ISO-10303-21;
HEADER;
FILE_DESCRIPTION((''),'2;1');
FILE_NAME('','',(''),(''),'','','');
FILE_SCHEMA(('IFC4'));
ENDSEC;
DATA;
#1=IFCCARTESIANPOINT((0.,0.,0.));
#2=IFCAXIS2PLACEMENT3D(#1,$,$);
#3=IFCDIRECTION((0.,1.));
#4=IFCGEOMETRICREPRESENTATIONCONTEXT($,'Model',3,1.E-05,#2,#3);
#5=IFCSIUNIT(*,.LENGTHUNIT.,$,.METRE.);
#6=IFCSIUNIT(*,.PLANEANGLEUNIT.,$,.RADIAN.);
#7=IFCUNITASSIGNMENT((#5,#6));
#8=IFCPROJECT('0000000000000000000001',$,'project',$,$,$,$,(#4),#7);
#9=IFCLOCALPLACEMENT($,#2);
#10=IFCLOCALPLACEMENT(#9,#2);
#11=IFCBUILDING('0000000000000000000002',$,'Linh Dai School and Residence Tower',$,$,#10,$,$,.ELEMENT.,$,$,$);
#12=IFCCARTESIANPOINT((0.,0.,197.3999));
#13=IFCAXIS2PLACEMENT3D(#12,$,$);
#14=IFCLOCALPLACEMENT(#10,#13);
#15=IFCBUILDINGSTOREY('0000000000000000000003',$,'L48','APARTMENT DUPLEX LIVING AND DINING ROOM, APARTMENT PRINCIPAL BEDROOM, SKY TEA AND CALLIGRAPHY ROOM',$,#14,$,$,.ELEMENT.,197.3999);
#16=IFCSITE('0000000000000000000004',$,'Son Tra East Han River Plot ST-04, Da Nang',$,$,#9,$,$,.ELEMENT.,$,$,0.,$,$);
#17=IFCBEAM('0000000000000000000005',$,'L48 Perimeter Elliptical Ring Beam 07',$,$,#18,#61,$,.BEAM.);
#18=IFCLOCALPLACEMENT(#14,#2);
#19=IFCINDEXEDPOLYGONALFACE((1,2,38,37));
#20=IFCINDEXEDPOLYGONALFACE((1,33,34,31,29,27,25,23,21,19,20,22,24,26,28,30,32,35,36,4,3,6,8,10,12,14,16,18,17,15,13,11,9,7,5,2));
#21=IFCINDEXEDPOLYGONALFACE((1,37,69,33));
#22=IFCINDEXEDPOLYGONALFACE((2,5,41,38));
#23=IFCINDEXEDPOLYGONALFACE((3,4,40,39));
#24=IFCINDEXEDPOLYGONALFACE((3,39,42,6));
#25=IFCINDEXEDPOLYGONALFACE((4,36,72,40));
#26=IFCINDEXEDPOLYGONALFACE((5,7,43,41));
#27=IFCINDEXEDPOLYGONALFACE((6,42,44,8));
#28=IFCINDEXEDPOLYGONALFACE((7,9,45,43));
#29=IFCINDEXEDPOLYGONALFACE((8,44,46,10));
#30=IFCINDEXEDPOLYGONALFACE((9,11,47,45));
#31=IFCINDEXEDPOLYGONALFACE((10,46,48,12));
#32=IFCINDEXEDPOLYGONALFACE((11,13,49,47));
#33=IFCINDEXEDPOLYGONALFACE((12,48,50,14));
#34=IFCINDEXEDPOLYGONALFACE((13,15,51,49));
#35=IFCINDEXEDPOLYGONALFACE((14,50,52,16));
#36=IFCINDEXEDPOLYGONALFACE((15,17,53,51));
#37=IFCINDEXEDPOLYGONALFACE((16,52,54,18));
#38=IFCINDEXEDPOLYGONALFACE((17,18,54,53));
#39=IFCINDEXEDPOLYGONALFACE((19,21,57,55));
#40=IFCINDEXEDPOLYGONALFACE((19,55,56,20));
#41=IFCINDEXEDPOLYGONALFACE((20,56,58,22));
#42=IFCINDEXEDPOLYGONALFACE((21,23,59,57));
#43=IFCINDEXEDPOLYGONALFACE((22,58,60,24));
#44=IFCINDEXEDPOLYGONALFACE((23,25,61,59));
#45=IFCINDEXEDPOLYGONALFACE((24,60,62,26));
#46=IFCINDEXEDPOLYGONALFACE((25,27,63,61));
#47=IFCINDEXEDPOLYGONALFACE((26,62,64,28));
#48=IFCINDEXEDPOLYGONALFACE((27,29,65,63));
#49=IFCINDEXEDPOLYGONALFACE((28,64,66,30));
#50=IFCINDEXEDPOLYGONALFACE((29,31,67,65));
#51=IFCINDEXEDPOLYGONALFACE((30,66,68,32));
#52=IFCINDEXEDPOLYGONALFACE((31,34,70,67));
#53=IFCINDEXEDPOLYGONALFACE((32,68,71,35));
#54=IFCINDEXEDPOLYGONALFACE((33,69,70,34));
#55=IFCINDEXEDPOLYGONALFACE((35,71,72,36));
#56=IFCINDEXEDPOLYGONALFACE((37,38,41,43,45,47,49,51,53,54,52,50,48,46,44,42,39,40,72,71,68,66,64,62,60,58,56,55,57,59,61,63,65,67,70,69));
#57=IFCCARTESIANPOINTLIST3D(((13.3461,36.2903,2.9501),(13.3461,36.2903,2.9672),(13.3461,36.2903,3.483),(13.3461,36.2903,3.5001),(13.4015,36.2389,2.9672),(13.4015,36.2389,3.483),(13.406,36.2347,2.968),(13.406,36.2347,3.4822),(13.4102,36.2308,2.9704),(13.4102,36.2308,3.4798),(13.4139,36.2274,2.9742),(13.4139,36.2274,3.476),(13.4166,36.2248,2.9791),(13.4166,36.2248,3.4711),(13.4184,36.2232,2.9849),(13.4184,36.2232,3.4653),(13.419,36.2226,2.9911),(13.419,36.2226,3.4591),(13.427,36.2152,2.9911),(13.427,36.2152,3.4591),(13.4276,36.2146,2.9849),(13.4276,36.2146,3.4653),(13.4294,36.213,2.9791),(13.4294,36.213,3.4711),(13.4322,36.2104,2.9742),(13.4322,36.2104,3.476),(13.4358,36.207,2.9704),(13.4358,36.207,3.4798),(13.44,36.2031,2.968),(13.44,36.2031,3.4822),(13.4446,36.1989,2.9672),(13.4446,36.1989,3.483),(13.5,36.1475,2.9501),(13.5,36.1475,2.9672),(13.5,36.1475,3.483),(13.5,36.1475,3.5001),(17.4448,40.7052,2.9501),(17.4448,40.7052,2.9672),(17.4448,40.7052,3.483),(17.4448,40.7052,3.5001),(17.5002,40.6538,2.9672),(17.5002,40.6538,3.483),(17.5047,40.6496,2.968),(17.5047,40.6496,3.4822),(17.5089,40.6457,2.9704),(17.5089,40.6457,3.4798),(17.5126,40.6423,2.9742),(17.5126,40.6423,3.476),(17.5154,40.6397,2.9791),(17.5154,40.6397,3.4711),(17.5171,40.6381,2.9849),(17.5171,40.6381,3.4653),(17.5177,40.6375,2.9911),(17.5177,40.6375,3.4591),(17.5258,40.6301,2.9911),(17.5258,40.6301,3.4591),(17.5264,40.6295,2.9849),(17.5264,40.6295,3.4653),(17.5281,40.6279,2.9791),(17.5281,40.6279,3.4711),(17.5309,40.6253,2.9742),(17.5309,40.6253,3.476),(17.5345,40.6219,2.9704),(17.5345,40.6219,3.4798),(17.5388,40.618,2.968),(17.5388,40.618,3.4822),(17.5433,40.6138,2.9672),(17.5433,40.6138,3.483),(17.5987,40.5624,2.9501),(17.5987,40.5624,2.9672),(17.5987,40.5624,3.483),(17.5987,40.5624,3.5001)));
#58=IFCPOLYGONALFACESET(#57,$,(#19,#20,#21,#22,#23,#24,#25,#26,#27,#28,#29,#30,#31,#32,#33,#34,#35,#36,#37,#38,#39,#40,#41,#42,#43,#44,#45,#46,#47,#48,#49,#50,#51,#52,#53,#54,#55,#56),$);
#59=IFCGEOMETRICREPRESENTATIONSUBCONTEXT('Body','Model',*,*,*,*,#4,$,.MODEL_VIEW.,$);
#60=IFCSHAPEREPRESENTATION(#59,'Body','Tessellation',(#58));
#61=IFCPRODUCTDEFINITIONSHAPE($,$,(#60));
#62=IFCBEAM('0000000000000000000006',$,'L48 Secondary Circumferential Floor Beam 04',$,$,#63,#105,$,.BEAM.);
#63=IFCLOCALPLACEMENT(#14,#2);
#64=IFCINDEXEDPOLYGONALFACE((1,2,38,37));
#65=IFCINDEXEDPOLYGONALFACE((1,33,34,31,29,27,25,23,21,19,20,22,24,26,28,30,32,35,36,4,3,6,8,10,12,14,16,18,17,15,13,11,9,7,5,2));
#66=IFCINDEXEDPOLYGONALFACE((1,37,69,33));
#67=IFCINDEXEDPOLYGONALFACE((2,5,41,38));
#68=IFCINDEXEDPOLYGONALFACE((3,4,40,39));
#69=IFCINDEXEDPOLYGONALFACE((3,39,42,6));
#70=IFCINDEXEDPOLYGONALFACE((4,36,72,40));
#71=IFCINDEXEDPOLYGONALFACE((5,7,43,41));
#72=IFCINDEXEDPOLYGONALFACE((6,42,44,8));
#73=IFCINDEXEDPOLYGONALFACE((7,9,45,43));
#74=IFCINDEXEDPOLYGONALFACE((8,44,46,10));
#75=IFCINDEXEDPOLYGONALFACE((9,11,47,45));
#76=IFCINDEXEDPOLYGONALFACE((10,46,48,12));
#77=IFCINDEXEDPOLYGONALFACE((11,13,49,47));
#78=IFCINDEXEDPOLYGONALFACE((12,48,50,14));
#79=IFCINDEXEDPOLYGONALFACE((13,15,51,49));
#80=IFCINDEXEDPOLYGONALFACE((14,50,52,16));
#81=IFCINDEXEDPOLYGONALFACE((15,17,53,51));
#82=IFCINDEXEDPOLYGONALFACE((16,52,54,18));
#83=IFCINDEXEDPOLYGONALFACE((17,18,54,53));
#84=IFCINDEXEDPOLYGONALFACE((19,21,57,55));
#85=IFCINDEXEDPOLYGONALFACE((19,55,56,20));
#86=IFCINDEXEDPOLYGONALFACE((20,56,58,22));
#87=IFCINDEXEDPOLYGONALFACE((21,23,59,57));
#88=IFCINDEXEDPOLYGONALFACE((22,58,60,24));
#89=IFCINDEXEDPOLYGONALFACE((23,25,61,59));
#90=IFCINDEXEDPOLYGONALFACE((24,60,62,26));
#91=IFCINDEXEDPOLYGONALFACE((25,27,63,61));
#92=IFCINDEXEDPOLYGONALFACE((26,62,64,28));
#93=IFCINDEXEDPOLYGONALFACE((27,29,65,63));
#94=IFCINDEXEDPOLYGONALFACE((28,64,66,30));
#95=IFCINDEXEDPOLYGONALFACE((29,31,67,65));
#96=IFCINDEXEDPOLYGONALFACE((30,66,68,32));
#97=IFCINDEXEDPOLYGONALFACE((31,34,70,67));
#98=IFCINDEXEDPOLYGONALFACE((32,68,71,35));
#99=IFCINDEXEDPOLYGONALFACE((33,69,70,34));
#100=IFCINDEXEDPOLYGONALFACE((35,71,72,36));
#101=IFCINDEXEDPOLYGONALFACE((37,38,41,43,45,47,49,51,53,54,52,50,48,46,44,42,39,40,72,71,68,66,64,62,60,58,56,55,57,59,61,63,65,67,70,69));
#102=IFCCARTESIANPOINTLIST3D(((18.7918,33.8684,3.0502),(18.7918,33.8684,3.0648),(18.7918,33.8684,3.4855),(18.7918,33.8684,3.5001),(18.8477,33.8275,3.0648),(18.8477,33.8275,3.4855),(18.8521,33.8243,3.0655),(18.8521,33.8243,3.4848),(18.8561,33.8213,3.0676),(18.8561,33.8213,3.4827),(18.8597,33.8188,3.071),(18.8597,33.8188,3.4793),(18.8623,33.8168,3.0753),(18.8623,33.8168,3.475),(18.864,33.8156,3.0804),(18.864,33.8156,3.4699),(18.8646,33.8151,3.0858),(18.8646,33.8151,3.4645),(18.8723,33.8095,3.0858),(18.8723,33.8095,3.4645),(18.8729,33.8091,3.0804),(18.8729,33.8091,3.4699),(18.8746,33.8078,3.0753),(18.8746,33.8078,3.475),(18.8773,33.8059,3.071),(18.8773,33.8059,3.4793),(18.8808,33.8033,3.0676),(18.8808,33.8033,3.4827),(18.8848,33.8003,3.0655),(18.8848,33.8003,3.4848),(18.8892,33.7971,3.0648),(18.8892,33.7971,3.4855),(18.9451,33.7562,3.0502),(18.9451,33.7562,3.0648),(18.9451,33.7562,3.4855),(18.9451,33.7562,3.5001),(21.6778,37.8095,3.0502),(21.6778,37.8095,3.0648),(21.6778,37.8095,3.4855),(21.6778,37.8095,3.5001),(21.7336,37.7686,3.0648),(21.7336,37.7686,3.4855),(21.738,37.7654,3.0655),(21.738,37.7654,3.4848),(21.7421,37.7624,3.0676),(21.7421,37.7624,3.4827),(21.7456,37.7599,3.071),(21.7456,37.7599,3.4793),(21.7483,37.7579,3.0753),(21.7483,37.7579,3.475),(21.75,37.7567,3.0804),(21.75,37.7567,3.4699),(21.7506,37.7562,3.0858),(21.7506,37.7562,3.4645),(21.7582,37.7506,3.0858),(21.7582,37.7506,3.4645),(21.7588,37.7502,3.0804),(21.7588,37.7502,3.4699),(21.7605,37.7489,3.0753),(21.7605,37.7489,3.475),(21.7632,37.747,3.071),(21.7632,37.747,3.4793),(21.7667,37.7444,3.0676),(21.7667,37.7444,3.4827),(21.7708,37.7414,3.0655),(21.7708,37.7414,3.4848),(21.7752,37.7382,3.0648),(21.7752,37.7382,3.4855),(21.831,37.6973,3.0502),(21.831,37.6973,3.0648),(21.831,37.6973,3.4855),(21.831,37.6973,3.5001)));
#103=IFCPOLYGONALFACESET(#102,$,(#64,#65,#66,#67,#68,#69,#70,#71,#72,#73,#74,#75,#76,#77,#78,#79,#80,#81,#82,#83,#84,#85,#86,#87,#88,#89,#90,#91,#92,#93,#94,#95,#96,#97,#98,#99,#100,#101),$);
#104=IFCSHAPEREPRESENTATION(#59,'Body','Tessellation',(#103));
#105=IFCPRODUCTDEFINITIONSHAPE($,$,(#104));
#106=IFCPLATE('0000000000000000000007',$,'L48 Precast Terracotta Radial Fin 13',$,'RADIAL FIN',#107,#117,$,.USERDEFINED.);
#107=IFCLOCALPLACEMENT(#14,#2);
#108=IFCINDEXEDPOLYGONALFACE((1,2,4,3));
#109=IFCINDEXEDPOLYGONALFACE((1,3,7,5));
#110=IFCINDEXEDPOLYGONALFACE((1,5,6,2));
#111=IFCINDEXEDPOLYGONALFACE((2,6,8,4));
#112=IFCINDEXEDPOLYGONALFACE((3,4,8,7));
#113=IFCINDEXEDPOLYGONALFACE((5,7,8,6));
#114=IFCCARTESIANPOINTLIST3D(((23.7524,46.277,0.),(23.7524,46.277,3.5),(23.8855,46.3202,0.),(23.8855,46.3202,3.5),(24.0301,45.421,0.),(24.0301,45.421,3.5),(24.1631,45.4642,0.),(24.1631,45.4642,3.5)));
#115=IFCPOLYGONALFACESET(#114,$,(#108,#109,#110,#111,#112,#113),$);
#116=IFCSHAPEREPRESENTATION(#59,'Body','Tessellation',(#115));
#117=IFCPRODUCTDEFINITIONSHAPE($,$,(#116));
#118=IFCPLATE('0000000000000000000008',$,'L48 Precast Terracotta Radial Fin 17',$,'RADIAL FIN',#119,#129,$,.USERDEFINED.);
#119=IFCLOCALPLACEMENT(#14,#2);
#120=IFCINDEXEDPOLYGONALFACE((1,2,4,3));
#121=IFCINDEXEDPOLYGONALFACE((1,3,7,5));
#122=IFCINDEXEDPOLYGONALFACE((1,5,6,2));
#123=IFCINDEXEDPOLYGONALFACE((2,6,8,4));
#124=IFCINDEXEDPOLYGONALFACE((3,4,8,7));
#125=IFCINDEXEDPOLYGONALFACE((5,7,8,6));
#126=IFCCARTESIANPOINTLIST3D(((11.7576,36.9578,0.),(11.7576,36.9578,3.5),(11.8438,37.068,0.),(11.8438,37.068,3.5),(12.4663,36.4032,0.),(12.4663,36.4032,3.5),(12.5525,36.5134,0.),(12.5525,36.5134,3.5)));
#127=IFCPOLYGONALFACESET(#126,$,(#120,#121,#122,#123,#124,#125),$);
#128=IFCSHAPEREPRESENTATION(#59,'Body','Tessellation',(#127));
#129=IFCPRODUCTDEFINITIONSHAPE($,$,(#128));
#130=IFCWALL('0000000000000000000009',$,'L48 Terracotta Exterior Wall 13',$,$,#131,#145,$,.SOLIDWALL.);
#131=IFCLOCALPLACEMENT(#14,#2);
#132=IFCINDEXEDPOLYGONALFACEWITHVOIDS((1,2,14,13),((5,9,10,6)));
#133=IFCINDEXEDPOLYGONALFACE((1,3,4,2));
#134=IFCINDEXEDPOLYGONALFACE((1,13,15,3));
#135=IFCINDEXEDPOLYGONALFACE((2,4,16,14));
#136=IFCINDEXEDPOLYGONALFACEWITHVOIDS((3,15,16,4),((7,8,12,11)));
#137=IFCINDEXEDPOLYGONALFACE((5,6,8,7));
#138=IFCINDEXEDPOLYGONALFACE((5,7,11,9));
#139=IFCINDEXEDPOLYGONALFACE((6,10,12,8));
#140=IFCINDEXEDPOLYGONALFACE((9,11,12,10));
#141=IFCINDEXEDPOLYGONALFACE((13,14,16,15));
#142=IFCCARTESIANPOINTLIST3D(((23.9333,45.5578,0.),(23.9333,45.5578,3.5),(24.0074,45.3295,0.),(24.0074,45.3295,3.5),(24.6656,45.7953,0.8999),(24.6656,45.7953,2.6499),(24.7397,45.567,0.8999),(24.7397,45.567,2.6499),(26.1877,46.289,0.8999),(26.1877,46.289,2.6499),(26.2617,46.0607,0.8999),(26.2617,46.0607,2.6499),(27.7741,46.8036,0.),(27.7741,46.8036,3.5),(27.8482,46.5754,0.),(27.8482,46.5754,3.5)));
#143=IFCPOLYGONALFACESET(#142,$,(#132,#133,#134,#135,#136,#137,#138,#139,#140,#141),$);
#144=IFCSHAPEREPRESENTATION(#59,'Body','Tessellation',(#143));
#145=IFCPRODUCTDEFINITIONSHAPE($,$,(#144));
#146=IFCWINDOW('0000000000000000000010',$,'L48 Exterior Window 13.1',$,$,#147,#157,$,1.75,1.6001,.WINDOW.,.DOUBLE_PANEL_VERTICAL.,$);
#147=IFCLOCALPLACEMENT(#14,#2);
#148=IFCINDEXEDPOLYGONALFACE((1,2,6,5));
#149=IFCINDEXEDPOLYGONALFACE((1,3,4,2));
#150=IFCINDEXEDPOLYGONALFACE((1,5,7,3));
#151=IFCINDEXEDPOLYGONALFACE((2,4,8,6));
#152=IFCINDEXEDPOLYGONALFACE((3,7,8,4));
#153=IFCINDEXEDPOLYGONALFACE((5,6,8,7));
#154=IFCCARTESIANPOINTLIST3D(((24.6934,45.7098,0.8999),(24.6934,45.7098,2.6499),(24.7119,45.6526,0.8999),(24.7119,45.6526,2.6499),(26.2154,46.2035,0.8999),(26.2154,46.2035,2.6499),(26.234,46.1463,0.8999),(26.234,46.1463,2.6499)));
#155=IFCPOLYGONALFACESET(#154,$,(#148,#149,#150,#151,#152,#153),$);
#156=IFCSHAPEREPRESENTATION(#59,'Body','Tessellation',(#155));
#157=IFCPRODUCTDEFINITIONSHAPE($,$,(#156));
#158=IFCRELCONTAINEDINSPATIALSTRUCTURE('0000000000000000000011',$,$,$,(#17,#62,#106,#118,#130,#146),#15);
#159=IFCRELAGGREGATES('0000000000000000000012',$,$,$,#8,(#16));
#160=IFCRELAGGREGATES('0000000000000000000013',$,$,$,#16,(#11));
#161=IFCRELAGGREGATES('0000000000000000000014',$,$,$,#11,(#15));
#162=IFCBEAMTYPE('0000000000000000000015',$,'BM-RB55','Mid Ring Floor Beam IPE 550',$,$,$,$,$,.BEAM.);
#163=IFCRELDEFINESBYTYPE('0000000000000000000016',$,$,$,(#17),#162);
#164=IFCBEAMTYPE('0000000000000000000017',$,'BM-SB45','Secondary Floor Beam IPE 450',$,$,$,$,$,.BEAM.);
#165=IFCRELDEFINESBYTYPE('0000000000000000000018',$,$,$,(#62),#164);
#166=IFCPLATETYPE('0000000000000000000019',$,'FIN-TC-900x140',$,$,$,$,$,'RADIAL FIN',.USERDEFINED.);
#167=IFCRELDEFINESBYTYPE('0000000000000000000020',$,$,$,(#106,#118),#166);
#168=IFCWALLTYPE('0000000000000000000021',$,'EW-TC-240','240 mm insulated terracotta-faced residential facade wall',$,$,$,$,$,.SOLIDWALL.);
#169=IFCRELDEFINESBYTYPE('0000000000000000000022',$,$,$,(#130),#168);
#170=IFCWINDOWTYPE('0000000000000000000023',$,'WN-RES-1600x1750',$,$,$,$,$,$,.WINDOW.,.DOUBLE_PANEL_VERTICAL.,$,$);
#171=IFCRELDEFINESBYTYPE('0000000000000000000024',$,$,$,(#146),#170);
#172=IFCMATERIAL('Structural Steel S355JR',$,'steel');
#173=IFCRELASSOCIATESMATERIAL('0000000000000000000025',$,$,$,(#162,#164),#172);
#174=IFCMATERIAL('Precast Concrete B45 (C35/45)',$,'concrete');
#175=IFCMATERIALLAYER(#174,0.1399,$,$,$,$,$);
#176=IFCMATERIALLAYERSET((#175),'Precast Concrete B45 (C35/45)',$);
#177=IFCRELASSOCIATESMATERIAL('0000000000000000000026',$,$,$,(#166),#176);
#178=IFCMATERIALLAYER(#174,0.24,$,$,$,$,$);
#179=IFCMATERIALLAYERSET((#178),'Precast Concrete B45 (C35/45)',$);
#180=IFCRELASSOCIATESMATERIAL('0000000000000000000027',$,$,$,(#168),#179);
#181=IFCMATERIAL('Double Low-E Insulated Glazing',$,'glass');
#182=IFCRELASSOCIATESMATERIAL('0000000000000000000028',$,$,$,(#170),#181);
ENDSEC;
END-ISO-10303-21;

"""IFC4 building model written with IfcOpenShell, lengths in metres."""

from ifc_helpers import new_model, si_unit, direction, frame, frame_2d, origin, origin_2d, place, context, subcontext, project, spatial, rectangle, i_section, extrude, source, transform, mapped, material, layer, layer_set, material_profile, profile_set, type_object, element, fill, save


model = new_model("IFC4")

# Units and contexts
model_context = context("Model", 3, precision=1e-05, world=origin(), true_north=direction((0.0, 1.0)))
body_context = subcontext(model_context, "Body", "Model", "MODEL_VIEW")
ifc_project = project(units=[si_unit("LENGTHUNIT", "METRE"), si_unit("PLANEANGLEUNIT", "RADIAN")], contexts=[model_context])

# Site, building, storey
site_placement = place(None, origin())
site = spatial("IfcSite", under=ifc_project, at=site_placement, Name="Son Tra East Han River Plot ST-04, Da Nang", CompositionType="ELEMENT", RefElevation=0.0)
building_placement = place(site_placement, origin())
building = spatial("IfcBuilding", under=site, at=building_placement, Name="Linh Dai School and Residence Tower", CompositionType="ELEMENT")
storey_placement = place(building_placement, frame((0.0, 0.0, 197.3999)))
storey = spatial("IfcBuildingStorey", under=building, at=storey_placement, Name="L48", Description="APARTMENT DUPLEX LIVING AND DINING ROOM, APARTMENT PRINCIPAL BEDROOM, SKY TEA AND CALLIGRAPHY ROOM", CompositionType="ELEMENT", Elevation=197.3999)

# Shared definitions
ifc_material_1 = material(Name="Structural Steel S355JR", Category="steel")

# Beams
ifc_material_profile_1 = material_profile(ifc_material_1, i_section(OverallWidth=0.21, OverallDepth=0.55, WebThickness=0.011, FlangeThickness=0.0171, FilletRadius=0.0239, at=origin_2d()), Name="IPE 550")
ifc_profile_set_1 = profile_set([ifc_material_profile_1], Name="Structural Steel S355JR")
beam_type_1 = type_object("IfcBeamType", Name="BM-RB55", Description="Mid Ring Floor Beam IPE 550", PredefinedType="BEAM", material=ifc_profile_set_1)
beam_1_placement = place(storey_placement, frame((17.5217, 40.6338, 3.2251), z_axis=(-0.680378, -0.732861, 0.0), x_axis=(0.732861, -0.680378, 0.0)))
element("IfcBeam", 1, at=beam_1_placement, inside=storey, type_object=beam_type_1, Name="L48 Perimeter Elliptical Ring Beam 07", PredefinedType="BEAM", context=body_context, shape_type="SweptSolid", body=[
    extrude(i_section(OverallWidth=0.21, OverallDepth=0.55, WebThickness=0.011, FlangeThickness=0.0171, FilletRadius=0.0239, at=origin_2d()), origin(), (0.0, 0.0, 1.0), 6.0242),
])
ifc_material_profile_2 = material_profile(ifc_material_1, i_section(OverallWidth=0.1899, OverallDepth=0.45, WebThickness=0.0095, FlangeThickness=0.0146, FilletRadius=0.021, at=origin_2d()), Name="IPE 450")
ifc_profile_set_2 = profile_set([ifc_material_profile_2], Name="Structural Steel S355JR")
beam_type_2 = type_object("IfcBeamType", Name="BM-SB45", Description="Secondary Floor Beam IPE 450", PredefinedType="BEAM", material=ifc_profile_set_2)
beam_2_placement = place(storey_placement, frame((21.7544, 37.7534, 3.2751), z_axis=(-0.590805, -0.806815, 0.0), x_axis=(0.806815, -0.590805, 0.0)))
element("IfcBeam", 2, at=beam_2_placement, inside=storey, type_object=beam_type_2, Name="L48 Secondary Circumferential Floor Beam 04", PredefinedType="BEAM", context=body_context, shape_type="SweptSolid", body=[
    extrude(i_section(OverallWidth=0.1899, OverallDepth=0.45, WebThickness=0.0095, FlangeThickness=0.0146, FilletRadius=0.021, at=origin_2d()), origin(), (0.0, 0.0, 1.0), 4.8848),
])

# Plates
ifc_material_2 = material(Name="Precast Concrete B45 (C35/45)", Category="concrete")
ifc_layer_1 = layer(ifc_material_2, 0.1399)
ifc_layer_set_1 = layer_set([ifc_layer_1], Name="Precast Concrete B45 (C35/45)")
plate_type = type_object("IfcPlateType", Name="FIN-TC-900x140", ElementType="RADIAL FIN", PredefinedType="USERDEFINED", material=ifc_layer_set_1)
shared_shape_1 = source(origin(), body_context, "Body", "SweptSolid", [
    extrude(rectangle(XDim=0.8999, YDim=0.1399, at=origin_2d()), origin(), (0.0, 0.0, 1.0), 3.5),
])
for number, where, z_axis, x_axis, name in (
    (3, (23.9578, 45.8706, 0.0), (0.0, 0.0, 1.0), (-0.308536, 0.951213, 0.0), "L48 Precast Terracotta Radial Fin 13"),
    (4, (12.155, 36.7356, 0.0), (0.0, 0.0, 1.0), (-0.787522, 0.616286, 0.0), "L48 Precast Terracotta Radial Fin 17"),
):
    element("IfcPlate", number, at=place(storey_placement, frame(where, z_axis=z_axis, x_axis=x_axis)), inside=storey, type_object=plate_type, Name=name, ObjectType="RADIAL FIN", PredefinedType="USERDEFINED", context=body_context, shape_type="MappedRepresentation", body=[
        mapped(shared_shape_1, transform((0.0, 0.0, 0.0), x_axis=(1.0, 0.0, 0.0), y_axis=(0.0, 1.0, 0.0), z_axis=(0.0, 0.0, 1.0), scale=1.0)),
    ])

# Wall, opening, window
ifc_layer_2 = layer(ifc_material_2, 0.24)
ifc_layer_set_2 = layer_set([ifc_layer_2], Name="Precast Concrete B45 (C35/45)")
wall_type_1 = type_object("IfcWallType", Name="EW-TC-240", Description="240 mm insulated terracotta-faced residential facade wall", PredefinedType="SOLIDWALL", material=ifc_layer_set_2)
wall_1_placement = place(storey_placement, frame((23.9702, 45.4436, 0.0), z_axis=(0.0, 0.0, 1.0), x_axis=(0.95121, 0.308545, 0.0)))
wall_1 = element("IfcWall", 5, at=wall_1_placement, inside=storey, type_object=wall_type_1, Name="L48 Terracotta Exterior Wall 13", PredefinedType="SOLIDWALL", context=body_context, shape_type="SweptSolid", body=[
    extrude(rectangle(XDim=4.0378, YDim=0.24, at=frame_2d((2.019, 0.0))), origin(), (0.0, 0.0, 1.0), 3.5),
])
opening_1_placement = place(wall_1_placement, frame((0.77, 0.0, 0.8999)))
opening_1 = element("IfcOpeningElement", 6, at=opening_1_placement, cuts=wall_1, PredefinedType="OPENING", context=body_context, shape_type="SweptSolid", body=[
    extrude(rectangle(XDim=1.6001, YDim=1.75, at=origin_2d()), frame((0.8, 0.1299, 0.875), z_axis=(0.0, -1.0, 0.0), x_axis=(1.0, 0.0, 0.0)), (0.0, 0.0, 1.0), 0.26),
])
ifc_material_3 = material(Name="Double Low-E Insulated Glazing", Category="glass")
window_type_1 = type_object("IfcWindowType", Name="WN-RES-1600x1750", PartitioningType="DOUBLE_PANEL_VERTICAL", PredefinedType="WINDOW", material=ifc_material_3)
shared_shape_2 = source(origin(), body_context, "Body", "SweptSolid", [
    extrude(rectangle(XDim=1.6001, YDim=1.75, at=origin_2d()), frame((0.8, 0.03, 0.875), z_axis=(0.0, -1.0, 0.0), x_axis=(1.0, 0.0, 0.0)), (0.0, 0.0, 1.0), 0.0601),
])
window_1_placement = place(opening_1_placement, origin())
window_1 = element("IfcWindow", 7, at=window_1_placement, inside=storey, type_object=window_type_1, Name="L48 Exterior Window 13.1", OverallHeight=1.75, OverallWidth=1.6001, PartitioningType="DOUBLE_PANEL_VERTICAL", PredefinedType="WINDOW", context=body_context, shape_type="MappedRepresentation", body=[
    mapped(shared_shape_2, transform((0.0, 0.0, 0.0), x_axis=(1.0, 0.0, 0.0), y_axis=(0.0, 1.0, 0.0), z_axis=(0.0, 0.0, 1.0), scale=1.0)),
])
fill(opening_1, window_1)

save(model, "model.ifc")
